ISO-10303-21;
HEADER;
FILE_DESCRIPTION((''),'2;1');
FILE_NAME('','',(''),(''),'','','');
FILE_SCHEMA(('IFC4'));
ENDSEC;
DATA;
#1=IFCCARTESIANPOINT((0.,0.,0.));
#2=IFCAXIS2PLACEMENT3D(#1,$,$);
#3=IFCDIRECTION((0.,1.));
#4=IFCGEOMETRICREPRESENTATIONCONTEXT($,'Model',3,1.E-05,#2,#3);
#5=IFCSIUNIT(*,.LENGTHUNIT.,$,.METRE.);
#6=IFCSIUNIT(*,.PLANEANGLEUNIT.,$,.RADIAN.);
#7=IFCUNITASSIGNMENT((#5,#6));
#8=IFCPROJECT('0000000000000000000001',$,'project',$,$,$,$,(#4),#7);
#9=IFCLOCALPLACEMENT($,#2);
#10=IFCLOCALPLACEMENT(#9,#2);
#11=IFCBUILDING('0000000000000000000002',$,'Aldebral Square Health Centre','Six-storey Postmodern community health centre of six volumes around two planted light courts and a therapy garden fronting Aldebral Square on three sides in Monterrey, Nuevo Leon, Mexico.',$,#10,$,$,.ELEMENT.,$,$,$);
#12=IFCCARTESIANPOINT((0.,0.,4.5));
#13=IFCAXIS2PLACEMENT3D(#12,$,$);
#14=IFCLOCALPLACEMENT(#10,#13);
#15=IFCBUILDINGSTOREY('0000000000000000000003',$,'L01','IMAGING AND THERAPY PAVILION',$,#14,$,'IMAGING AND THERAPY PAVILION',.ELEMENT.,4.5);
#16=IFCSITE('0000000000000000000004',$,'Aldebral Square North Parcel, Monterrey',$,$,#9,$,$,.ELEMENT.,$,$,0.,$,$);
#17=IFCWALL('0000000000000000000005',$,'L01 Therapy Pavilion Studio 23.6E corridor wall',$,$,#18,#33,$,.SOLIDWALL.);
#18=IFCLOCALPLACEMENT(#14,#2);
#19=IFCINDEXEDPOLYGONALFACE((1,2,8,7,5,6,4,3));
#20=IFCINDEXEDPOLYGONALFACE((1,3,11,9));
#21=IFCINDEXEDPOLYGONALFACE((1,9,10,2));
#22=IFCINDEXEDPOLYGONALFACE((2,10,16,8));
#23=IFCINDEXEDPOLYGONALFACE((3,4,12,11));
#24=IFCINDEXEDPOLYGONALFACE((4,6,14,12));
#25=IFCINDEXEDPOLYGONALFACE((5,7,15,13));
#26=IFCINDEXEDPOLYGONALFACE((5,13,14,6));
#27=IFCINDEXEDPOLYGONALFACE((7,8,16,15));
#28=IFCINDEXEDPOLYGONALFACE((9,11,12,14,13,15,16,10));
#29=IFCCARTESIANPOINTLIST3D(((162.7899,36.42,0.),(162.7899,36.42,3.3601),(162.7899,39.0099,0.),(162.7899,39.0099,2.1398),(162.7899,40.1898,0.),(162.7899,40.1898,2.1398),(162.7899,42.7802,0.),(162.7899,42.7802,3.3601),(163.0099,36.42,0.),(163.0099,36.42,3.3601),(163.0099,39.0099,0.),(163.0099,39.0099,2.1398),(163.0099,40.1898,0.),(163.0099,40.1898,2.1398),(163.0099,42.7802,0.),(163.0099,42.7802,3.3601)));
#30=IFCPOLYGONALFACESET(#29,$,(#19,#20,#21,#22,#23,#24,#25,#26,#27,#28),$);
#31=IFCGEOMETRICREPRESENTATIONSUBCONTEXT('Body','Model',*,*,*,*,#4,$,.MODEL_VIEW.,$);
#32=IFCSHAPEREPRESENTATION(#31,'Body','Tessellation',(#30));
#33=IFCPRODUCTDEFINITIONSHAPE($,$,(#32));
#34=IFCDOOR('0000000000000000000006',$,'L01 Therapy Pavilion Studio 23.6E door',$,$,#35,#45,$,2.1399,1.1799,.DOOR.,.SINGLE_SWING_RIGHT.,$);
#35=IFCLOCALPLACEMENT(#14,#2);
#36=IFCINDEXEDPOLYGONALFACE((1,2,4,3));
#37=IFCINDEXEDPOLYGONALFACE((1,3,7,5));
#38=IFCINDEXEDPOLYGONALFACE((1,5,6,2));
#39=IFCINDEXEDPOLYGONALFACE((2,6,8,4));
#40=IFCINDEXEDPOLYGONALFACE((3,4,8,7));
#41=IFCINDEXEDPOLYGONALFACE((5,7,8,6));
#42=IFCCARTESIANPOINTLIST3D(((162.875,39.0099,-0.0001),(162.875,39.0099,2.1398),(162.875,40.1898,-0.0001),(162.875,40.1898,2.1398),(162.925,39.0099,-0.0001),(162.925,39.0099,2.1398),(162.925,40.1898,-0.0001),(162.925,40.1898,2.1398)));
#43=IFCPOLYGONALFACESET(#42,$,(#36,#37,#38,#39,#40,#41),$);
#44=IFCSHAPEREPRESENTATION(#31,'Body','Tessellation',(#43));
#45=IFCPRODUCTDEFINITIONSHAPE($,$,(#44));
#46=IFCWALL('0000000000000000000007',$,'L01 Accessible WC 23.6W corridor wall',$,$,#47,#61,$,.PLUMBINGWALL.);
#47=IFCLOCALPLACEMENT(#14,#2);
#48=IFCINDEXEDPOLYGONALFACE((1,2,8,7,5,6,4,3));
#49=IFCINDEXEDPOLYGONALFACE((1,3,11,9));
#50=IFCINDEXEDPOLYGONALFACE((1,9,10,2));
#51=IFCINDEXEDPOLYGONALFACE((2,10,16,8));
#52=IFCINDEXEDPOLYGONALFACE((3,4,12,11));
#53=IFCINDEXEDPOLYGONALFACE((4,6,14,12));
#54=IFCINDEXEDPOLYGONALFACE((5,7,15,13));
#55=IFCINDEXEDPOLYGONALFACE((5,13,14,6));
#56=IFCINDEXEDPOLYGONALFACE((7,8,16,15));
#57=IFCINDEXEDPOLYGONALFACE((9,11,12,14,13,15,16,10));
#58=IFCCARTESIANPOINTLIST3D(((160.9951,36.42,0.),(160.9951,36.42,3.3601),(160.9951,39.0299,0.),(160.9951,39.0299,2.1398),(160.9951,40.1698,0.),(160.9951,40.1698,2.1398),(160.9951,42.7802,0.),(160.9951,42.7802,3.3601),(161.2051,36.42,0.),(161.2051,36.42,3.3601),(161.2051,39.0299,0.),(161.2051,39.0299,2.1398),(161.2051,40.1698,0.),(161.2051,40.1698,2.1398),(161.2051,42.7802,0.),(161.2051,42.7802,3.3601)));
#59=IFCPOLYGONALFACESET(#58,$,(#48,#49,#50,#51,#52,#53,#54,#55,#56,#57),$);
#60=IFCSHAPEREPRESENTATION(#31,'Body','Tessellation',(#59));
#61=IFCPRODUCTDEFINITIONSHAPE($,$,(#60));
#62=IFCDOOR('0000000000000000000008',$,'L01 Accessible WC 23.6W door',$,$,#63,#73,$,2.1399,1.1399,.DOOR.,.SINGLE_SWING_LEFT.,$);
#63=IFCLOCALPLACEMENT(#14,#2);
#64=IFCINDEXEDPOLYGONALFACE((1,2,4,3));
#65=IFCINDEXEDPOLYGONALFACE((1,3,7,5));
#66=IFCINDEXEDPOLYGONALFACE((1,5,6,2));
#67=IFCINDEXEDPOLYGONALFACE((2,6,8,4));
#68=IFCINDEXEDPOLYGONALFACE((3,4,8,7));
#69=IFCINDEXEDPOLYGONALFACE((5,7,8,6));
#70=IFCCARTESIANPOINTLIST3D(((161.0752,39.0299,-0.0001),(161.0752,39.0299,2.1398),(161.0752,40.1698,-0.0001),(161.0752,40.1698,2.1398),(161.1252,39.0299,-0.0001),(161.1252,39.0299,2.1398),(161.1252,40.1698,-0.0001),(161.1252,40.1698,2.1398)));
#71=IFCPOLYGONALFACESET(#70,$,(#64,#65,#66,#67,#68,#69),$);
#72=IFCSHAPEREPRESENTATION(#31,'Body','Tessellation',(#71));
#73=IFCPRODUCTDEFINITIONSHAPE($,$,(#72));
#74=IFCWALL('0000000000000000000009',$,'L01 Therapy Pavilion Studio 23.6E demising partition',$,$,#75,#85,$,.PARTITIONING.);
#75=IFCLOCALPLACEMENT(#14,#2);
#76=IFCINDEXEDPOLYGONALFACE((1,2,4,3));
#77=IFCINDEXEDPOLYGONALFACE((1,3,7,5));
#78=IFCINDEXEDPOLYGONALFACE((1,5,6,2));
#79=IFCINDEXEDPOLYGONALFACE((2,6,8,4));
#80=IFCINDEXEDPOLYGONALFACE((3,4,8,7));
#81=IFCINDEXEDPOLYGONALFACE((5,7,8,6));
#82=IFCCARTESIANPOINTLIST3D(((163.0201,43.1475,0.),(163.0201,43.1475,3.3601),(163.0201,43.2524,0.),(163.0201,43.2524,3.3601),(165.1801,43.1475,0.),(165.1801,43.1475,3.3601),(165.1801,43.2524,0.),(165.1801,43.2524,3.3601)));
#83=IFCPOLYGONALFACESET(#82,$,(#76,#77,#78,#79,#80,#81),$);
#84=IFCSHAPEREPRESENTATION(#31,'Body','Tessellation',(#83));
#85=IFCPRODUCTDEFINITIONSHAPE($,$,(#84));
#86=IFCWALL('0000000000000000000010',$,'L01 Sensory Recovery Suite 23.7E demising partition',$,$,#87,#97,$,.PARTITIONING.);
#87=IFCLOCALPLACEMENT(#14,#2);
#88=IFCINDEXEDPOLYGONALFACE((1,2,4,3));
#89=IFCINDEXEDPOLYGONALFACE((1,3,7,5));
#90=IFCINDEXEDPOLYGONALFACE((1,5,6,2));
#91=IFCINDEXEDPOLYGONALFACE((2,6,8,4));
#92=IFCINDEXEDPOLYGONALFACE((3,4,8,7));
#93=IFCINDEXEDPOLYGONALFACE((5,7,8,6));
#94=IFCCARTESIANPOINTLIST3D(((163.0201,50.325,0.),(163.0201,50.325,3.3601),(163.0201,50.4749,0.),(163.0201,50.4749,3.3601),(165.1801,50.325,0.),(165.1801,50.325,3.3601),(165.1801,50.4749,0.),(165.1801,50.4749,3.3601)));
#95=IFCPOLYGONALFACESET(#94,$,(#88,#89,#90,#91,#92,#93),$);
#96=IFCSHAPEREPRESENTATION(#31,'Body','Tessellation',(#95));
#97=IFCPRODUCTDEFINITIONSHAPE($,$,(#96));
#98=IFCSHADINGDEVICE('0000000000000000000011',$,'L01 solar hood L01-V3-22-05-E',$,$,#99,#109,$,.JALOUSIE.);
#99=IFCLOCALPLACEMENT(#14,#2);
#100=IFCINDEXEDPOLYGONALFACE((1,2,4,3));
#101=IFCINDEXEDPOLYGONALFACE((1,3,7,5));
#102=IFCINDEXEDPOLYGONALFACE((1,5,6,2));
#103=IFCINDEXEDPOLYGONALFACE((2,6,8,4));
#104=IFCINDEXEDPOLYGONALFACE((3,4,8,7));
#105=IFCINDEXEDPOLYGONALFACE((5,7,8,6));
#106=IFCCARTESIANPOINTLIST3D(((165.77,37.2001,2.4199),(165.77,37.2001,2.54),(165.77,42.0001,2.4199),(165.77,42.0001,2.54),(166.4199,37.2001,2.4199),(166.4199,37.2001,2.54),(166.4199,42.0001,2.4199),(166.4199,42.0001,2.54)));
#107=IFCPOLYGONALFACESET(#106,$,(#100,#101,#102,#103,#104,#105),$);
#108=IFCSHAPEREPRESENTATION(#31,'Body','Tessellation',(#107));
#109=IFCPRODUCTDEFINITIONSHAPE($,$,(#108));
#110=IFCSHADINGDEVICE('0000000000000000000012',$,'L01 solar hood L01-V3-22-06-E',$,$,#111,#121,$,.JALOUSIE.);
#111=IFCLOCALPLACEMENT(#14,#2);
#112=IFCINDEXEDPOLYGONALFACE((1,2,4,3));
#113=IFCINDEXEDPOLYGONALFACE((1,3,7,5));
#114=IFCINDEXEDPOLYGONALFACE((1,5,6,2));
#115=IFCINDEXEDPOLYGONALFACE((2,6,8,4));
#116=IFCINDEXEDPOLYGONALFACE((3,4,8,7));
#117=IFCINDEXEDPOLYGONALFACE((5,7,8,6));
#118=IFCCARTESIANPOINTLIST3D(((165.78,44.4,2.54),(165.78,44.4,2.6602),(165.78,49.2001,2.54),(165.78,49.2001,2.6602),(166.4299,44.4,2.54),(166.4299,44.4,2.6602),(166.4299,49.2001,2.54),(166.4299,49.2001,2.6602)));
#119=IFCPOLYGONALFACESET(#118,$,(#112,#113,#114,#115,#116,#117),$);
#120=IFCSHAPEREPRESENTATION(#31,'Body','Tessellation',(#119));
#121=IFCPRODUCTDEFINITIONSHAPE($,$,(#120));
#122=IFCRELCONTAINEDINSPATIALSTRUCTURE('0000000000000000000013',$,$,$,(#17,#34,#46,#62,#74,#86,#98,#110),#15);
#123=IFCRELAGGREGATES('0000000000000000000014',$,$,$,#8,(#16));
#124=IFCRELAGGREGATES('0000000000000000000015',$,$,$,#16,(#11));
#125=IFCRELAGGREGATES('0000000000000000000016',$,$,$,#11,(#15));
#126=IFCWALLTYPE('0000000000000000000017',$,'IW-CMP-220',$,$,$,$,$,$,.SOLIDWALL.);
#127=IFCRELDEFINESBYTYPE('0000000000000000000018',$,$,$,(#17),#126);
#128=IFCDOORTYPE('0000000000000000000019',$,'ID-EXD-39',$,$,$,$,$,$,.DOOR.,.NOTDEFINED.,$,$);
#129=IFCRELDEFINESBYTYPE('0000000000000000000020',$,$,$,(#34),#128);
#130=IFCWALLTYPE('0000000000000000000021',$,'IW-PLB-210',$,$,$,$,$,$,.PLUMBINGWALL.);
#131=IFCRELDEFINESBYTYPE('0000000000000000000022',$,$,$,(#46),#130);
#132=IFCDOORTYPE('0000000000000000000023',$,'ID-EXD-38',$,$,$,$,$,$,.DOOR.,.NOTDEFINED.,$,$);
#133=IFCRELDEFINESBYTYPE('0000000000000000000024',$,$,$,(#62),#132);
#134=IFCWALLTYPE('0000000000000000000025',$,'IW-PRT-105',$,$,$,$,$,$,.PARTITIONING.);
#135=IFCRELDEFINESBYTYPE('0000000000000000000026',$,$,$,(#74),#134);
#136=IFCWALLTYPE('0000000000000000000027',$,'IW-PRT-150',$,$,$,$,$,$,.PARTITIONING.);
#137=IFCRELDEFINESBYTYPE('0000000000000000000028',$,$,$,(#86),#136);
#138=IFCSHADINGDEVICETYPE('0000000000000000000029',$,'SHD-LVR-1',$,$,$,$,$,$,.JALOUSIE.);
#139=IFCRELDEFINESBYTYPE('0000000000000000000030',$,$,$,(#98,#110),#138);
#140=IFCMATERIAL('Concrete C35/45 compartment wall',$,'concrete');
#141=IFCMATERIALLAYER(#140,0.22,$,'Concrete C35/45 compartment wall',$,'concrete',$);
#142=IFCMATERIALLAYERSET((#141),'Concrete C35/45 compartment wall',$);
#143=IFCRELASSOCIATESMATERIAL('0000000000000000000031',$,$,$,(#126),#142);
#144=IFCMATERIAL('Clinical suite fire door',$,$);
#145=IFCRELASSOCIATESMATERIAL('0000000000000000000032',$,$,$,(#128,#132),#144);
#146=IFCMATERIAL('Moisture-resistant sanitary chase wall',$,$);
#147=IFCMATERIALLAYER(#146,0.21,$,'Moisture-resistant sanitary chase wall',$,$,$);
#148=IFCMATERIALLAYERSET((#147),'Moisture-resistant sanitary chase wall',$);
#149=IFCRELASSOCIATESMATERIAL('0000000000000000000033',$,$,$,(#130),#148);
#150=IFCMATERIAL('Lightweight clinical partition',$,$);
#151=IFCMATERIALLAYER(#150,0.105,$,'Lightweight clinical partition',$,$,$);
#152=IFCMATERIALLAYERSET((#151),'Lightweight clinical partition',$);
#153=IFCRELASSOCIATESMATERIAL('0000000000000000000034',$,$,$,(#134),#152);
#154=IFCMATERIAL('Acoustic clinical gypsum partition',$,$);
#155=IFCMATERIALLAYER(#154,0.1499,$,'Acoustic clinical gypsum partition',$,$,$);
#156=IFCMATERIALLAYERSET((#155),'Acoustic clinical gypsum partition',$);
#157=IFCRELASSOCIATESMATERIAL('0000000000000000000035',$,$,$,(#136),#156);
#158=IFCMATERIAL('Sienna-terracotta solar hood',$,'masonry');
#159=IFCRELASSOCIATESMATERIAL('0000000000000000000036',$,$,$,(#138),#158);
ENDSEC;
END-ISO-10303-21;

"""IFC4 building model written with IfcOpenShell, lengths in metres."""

from ifc_helpers import new_model, si_unit, direction, frame, frame_2d, origin, origin_2d, place, context, subcontext, project, spatial, rectangle, extrude, material, layer, layer_set, type_object, element, fill, save


model = new_model("IFC4")

# Units and contexts
model_context = context("Model", 3, precision=1e-05, world=origin(), true_north=direction((0.0, 1.0)))
body_context = subcontext(model_context, "Body", "Model", "MODEL_VIEW")
ifc_project = project(units=[si_unit("LENGTHUNIT", "METRE"), si_unit("PLANEANGLEUNIT", "RADIAN")], contexts=[model_context])

# Site, building, storey
site_placement = place(None, origin())
site = spatial("IfcSite", under=ifc_project, at=site_placement, Name="Aldebral Square North Parcel, Monterrey", CompositionType="ELEMENT", RefElevation=0.0)
building_placement = place(site_placement, origin())
building = spatial("IfcBuilding", under=site, at=building_placement, Name="Aldebral Square Health Centre", Description="Six-storey Postmodern community health centre of six volumes around two planted light courts and a therapy garden fronting Aldebral Square on three sides in Monterrey, Nuevo Leon, Mexico.", CompositionType="ELEMENT")
storey_placement = place(building_placement, frame((0.0, 0.0, 4.5)))
storey = spatial("IfcBuildingStorey", under=building, at=storey_placement, Name="L01", Description="IMAGING AND THERAPY PAVILION", LongName="IMAGING AND THERAPY PAVILION", CompositionType="ELEMENT", Elevation=4.5)

# Walls, openings, doors
ifc_material_1 = material(Name="Concrete C35/45 compartment wall", Category="concrete")
ifc_material_2 = material(Name="Clinical suite fire door")
ifc_layer_1 = layer(ifc_material_1, 0.22, Name="Concrete C35/45 compartment wall", Category="concrete")
ifc_layer_set_1 = layer_set([ifc_layer_1], Name="Concrete C35/45 compartment wall")
wall_type_1 = type_object("IfcWallType", Name="IW-CMP-220", PredefinedType="SOLIDWALL", material=ifc_layer_set_1)
wall_1_placement = place(storey_placement, frame((162.8999, 36.4199, 0.0), z_axis=(0.0, 0.0, 1.0), x_axis=(0.0, 1.0, 0.0)))
wall_1 = element("IfcWall", 1, at=wall_1_placement, inside=storey, type_object=wall_type_1, Name="L01 Therapy Pavilion Studio 23.6E corridor wall", PredefinedType="SOLIDWALL", context=body_context, shape_type="SweptSolid", body=[
    extrude(rectangle(XDim=6.3601, YDim=0.22, at=frame_2d((3.1802, 0.0))), origin(), (0.0, 0.0, 1.0), 3.3601),
])
opening_1_placement = place(wall_1_placement, frame((2.5901, 0.0, 0.0)))
opening_1 = element("IfcOpeningElement", 2, at=opening_1_placement, cuts=wall_1, PredefinedType="OPENING", context=body_context, shape_type="SweptSolid", body=[
    extrude(rectangle(XDim=1.1799, YDim=2.1399, at=frame_2d((0.5898, 1.0698))), frame((0.0, 0.1201, 0.0), z_axis=(0.0, -1.0, 0.0), x_axis=(1.0, 0.0, 0.0)), (0.0, 0.0, 1.0), 0.24),
])
door_type_1 = type_object("IfcDoorType", Name="ID-EXD-39", OperationType="NOTDEFINED", PredefinedType="DOOR", material=ifc_material_2)
door_1_placement = place(opening_1_placement, origin())
door_1 = element("IfcDoor", 3, at=door_1_placement, inside=storey, type_object=door_type_1, Name="L01 Therapy Pavilion Studio 23.6E door", OperationType="SINGLE_SWING_RIGHT", OverallHeight=2.1399, OverallWidth=1.1799, PredefinedType="DOOR", context=body_context, shape_type="SweptSolid", body=[
    extrude(rectangle(XDim=1.1799, YDim=2.1399, at=frame_2d((0.5898, 1.0698))), frame((0.0, 0.0249, 0.0), z_axis=(0.0, -1.0, 0.0), x_axis=(1.0, 0.0, 0.0)), (0.0, 0.0, 1.0), 0.05),
])
fill(opening_1, door_1)
ifc_material_3 = material(Name="Moisture-resistant sanitary chase wall")
ifc_layer_2 = layer(ifc_material_3, 0.21, Name="Moisture-resistant sanitary chase wall")
ifc_layer_set_2 = layer_set([ifc_layer_2], Name="Moisture-resistant sanitary chase wall")
wall_type_2 = type_object("IfcWallType", Name="IW-PLB-210", PredefinedType="PLUMBINGWALL", material=ifc_layer_set_2)
wall_2_placement = place(storey_placement, frame((161.1001, 36.4199, 0.0), z_axis=(0.0, 0.0, 1.0), x_axis=(0.0, 1.0, 0.0)))
wall_2 = element("IfcWall", 4, at=wall_2_placement, inside=storey, type_object=wall_type_2, Name="L01 Accessible WC 23.6W corridor wall", PredefinedType="PLUMBINGWALL", context=body_context, shape_type="SweptSolid", body=[
    extrude(rectangle(XDim=6.3601, YDim=0.21, at=frame_2d((3.1802, 0.0))), origin(), (0.0, 0.0, 1.0), 3.3601),
])
opening_2_placement = place(wall_2_placement, frame((2.6101, 0.0, 0.0)))
opening_2 = element("IfcOpeningElement", 5, at=opening_2_placement, cuts=wall_2, PredefinedType="OPENING", context=body_context, shape_type="SweptSolid", body=[
    extrude(rectangle(XDim=1.1399, YDim=2.1399, at=frame_2d((0.5698, 1.0698))), frame((0.0, 0.115, 0.0), z_axis=(0.0, -1.0, 0.0), x_axis=(1.0, 0.0, 0.0)), (0.0, 0.0, 1.0), 0.23),
])
door_type_2 = type_object("IfcDoorType", Name="ID-EXD-38", OperationType="NOTDEFINED", PredefinedType="DOOR", material=ifc_material_2)
door_2_placement = place(opening_2_placement, origin())
door_2 = element("IfcDoor", 6, at=door_2_placement, inside=storey, type_object=door_type_2, Name="L01 Accessible WC 23.6W door", OperationType="SINGLE_SWING_LEFT", OverallHeight=2.1399, OverallWidth=1.1399, PredefinedType="DOOR", context=body_context, shape_type="SweptSolid", body=[
    extrude(rectangle(XDim=1.1399, YDim=2.1399, at=frame_2d((0.5698, 1.0698))), frame((0.0, 0.0249, 0.0), z_axis=(0.0, -1.0, 0.0), x_axis=(1.0, 0.0, 0.0)), (0.0, 0.0, 1.0), 0.05),
])
fill(opening_2, door_2)

# Walls
ifc_material_4 = material(Name="Lightweight clinical partition")
ifc_layer_3 = layer(ifc_material_4, 0.105, Name="Lightweight clinical partition")
ifc_layer_set_3 = layer_set([ifc_layer_3], Name="Lightweight clinical partition")
wall_type_3 = type_object("IfcWallType", Name="IW-PRT-105", PredefinedType="PARTITIONING", material=ifc_layer_set_3)
wall_3_placement = place(storey_placement, frame((163.02, 43.2, 0.0), z_axis=(0.0, 0.0, 1.0), x_axis=(1.0, 0.0, 0.0)))
element("IfcWall", 7, at=wall_3_placement, inside=storey, type_object=wall_type_3, Name="L01 Therapy Pavilion Studio 23.6E demising partition", PredefinedType="PARTITIONING", context=body_context, shape_type="SweptSolid", body=[
    extrude(rectangle(XDim=2.1599, YDim=0.105, at=frame_2d((1.0801, 0.0))), origin(), (0.0, 0.0, 1.0), 3.3601),
])
ifc_material_5 = material(Name="Acoustic clinical gypsum partition")
ifc_layer_4 = layer(ifc_material_5, 0.1499, Name="Acoustic clinical gypsum partition")
ifc_layer_set_4 = layer_set([ifc_layer_4], Name="Acoustic clinical gypsum partition")
wall_type_4 = type_object("IfcWallType", Name="IW-PRT-150", PredefinedType="PARTITIONING", material=ifc_layer_set_4)
wall_4_placement = place(storey_placement, frame((163.02, 50.3999, 0.0), z_axis=(0.0, 0.0, 1.0), x_axis=(1.0, 0.0, 0.0)))
element("IfcWall", 8, at=wall_4_placement, inside=storey, type_object=wall_type_4, Name="L01 Sensory Recovery Suite 23.7E demising partition", PredefinedType="PARTITIONING", context=body_context, shape_type="SweptSolid", body=[
    extrude(rectangle(XDim=2.1599, YDim=0.1499, at=frame_2d((1.0801, 0.0))), origin(), (0.0, 0.0, 1.0), 3.3601),
])

# Shading devices
ifc_material_6 = material(Name="Sienna-terracotta solar hood", Category="masonry")
shading_device_type = type_object("IfcShadingDeviceType", Name="SHD-LVR-1", PredefinedType="JALOUSIE", material=ifc_material_6)
for number, where, z_axis, x_axis, name in (
    (9, (166.095, 39.6001, 2.4199), (0.0, 0.0, 1.0), (0.0, 1.0, 0.0), "L01 solar hood L01-V3-22-05-E"),
    (10, (166.105, 46.8, 2.54), (0.0, 0.0, 1.0), (0.0, 1.0, 0.0), "L01 solar hood L01-V3-22-06-E"),
):
    element("IfcShadingDevice", number, at=place(storey_placement, frame(where, z_axis=z_axis, x_axis=x_axis)), inside=storey, type_object=shading_device_type, Name=name, PredefinedType="JALOUSIE", context=body_context, shape_type="SweptSolid", body=[
        extrude(rectangle(XDim=4.8, YDim=0.6499, at=origin_2d()), origin(), (0.0, 0.0, 1.0), 0.1201),
    ])

save(model, "model.ifc")
